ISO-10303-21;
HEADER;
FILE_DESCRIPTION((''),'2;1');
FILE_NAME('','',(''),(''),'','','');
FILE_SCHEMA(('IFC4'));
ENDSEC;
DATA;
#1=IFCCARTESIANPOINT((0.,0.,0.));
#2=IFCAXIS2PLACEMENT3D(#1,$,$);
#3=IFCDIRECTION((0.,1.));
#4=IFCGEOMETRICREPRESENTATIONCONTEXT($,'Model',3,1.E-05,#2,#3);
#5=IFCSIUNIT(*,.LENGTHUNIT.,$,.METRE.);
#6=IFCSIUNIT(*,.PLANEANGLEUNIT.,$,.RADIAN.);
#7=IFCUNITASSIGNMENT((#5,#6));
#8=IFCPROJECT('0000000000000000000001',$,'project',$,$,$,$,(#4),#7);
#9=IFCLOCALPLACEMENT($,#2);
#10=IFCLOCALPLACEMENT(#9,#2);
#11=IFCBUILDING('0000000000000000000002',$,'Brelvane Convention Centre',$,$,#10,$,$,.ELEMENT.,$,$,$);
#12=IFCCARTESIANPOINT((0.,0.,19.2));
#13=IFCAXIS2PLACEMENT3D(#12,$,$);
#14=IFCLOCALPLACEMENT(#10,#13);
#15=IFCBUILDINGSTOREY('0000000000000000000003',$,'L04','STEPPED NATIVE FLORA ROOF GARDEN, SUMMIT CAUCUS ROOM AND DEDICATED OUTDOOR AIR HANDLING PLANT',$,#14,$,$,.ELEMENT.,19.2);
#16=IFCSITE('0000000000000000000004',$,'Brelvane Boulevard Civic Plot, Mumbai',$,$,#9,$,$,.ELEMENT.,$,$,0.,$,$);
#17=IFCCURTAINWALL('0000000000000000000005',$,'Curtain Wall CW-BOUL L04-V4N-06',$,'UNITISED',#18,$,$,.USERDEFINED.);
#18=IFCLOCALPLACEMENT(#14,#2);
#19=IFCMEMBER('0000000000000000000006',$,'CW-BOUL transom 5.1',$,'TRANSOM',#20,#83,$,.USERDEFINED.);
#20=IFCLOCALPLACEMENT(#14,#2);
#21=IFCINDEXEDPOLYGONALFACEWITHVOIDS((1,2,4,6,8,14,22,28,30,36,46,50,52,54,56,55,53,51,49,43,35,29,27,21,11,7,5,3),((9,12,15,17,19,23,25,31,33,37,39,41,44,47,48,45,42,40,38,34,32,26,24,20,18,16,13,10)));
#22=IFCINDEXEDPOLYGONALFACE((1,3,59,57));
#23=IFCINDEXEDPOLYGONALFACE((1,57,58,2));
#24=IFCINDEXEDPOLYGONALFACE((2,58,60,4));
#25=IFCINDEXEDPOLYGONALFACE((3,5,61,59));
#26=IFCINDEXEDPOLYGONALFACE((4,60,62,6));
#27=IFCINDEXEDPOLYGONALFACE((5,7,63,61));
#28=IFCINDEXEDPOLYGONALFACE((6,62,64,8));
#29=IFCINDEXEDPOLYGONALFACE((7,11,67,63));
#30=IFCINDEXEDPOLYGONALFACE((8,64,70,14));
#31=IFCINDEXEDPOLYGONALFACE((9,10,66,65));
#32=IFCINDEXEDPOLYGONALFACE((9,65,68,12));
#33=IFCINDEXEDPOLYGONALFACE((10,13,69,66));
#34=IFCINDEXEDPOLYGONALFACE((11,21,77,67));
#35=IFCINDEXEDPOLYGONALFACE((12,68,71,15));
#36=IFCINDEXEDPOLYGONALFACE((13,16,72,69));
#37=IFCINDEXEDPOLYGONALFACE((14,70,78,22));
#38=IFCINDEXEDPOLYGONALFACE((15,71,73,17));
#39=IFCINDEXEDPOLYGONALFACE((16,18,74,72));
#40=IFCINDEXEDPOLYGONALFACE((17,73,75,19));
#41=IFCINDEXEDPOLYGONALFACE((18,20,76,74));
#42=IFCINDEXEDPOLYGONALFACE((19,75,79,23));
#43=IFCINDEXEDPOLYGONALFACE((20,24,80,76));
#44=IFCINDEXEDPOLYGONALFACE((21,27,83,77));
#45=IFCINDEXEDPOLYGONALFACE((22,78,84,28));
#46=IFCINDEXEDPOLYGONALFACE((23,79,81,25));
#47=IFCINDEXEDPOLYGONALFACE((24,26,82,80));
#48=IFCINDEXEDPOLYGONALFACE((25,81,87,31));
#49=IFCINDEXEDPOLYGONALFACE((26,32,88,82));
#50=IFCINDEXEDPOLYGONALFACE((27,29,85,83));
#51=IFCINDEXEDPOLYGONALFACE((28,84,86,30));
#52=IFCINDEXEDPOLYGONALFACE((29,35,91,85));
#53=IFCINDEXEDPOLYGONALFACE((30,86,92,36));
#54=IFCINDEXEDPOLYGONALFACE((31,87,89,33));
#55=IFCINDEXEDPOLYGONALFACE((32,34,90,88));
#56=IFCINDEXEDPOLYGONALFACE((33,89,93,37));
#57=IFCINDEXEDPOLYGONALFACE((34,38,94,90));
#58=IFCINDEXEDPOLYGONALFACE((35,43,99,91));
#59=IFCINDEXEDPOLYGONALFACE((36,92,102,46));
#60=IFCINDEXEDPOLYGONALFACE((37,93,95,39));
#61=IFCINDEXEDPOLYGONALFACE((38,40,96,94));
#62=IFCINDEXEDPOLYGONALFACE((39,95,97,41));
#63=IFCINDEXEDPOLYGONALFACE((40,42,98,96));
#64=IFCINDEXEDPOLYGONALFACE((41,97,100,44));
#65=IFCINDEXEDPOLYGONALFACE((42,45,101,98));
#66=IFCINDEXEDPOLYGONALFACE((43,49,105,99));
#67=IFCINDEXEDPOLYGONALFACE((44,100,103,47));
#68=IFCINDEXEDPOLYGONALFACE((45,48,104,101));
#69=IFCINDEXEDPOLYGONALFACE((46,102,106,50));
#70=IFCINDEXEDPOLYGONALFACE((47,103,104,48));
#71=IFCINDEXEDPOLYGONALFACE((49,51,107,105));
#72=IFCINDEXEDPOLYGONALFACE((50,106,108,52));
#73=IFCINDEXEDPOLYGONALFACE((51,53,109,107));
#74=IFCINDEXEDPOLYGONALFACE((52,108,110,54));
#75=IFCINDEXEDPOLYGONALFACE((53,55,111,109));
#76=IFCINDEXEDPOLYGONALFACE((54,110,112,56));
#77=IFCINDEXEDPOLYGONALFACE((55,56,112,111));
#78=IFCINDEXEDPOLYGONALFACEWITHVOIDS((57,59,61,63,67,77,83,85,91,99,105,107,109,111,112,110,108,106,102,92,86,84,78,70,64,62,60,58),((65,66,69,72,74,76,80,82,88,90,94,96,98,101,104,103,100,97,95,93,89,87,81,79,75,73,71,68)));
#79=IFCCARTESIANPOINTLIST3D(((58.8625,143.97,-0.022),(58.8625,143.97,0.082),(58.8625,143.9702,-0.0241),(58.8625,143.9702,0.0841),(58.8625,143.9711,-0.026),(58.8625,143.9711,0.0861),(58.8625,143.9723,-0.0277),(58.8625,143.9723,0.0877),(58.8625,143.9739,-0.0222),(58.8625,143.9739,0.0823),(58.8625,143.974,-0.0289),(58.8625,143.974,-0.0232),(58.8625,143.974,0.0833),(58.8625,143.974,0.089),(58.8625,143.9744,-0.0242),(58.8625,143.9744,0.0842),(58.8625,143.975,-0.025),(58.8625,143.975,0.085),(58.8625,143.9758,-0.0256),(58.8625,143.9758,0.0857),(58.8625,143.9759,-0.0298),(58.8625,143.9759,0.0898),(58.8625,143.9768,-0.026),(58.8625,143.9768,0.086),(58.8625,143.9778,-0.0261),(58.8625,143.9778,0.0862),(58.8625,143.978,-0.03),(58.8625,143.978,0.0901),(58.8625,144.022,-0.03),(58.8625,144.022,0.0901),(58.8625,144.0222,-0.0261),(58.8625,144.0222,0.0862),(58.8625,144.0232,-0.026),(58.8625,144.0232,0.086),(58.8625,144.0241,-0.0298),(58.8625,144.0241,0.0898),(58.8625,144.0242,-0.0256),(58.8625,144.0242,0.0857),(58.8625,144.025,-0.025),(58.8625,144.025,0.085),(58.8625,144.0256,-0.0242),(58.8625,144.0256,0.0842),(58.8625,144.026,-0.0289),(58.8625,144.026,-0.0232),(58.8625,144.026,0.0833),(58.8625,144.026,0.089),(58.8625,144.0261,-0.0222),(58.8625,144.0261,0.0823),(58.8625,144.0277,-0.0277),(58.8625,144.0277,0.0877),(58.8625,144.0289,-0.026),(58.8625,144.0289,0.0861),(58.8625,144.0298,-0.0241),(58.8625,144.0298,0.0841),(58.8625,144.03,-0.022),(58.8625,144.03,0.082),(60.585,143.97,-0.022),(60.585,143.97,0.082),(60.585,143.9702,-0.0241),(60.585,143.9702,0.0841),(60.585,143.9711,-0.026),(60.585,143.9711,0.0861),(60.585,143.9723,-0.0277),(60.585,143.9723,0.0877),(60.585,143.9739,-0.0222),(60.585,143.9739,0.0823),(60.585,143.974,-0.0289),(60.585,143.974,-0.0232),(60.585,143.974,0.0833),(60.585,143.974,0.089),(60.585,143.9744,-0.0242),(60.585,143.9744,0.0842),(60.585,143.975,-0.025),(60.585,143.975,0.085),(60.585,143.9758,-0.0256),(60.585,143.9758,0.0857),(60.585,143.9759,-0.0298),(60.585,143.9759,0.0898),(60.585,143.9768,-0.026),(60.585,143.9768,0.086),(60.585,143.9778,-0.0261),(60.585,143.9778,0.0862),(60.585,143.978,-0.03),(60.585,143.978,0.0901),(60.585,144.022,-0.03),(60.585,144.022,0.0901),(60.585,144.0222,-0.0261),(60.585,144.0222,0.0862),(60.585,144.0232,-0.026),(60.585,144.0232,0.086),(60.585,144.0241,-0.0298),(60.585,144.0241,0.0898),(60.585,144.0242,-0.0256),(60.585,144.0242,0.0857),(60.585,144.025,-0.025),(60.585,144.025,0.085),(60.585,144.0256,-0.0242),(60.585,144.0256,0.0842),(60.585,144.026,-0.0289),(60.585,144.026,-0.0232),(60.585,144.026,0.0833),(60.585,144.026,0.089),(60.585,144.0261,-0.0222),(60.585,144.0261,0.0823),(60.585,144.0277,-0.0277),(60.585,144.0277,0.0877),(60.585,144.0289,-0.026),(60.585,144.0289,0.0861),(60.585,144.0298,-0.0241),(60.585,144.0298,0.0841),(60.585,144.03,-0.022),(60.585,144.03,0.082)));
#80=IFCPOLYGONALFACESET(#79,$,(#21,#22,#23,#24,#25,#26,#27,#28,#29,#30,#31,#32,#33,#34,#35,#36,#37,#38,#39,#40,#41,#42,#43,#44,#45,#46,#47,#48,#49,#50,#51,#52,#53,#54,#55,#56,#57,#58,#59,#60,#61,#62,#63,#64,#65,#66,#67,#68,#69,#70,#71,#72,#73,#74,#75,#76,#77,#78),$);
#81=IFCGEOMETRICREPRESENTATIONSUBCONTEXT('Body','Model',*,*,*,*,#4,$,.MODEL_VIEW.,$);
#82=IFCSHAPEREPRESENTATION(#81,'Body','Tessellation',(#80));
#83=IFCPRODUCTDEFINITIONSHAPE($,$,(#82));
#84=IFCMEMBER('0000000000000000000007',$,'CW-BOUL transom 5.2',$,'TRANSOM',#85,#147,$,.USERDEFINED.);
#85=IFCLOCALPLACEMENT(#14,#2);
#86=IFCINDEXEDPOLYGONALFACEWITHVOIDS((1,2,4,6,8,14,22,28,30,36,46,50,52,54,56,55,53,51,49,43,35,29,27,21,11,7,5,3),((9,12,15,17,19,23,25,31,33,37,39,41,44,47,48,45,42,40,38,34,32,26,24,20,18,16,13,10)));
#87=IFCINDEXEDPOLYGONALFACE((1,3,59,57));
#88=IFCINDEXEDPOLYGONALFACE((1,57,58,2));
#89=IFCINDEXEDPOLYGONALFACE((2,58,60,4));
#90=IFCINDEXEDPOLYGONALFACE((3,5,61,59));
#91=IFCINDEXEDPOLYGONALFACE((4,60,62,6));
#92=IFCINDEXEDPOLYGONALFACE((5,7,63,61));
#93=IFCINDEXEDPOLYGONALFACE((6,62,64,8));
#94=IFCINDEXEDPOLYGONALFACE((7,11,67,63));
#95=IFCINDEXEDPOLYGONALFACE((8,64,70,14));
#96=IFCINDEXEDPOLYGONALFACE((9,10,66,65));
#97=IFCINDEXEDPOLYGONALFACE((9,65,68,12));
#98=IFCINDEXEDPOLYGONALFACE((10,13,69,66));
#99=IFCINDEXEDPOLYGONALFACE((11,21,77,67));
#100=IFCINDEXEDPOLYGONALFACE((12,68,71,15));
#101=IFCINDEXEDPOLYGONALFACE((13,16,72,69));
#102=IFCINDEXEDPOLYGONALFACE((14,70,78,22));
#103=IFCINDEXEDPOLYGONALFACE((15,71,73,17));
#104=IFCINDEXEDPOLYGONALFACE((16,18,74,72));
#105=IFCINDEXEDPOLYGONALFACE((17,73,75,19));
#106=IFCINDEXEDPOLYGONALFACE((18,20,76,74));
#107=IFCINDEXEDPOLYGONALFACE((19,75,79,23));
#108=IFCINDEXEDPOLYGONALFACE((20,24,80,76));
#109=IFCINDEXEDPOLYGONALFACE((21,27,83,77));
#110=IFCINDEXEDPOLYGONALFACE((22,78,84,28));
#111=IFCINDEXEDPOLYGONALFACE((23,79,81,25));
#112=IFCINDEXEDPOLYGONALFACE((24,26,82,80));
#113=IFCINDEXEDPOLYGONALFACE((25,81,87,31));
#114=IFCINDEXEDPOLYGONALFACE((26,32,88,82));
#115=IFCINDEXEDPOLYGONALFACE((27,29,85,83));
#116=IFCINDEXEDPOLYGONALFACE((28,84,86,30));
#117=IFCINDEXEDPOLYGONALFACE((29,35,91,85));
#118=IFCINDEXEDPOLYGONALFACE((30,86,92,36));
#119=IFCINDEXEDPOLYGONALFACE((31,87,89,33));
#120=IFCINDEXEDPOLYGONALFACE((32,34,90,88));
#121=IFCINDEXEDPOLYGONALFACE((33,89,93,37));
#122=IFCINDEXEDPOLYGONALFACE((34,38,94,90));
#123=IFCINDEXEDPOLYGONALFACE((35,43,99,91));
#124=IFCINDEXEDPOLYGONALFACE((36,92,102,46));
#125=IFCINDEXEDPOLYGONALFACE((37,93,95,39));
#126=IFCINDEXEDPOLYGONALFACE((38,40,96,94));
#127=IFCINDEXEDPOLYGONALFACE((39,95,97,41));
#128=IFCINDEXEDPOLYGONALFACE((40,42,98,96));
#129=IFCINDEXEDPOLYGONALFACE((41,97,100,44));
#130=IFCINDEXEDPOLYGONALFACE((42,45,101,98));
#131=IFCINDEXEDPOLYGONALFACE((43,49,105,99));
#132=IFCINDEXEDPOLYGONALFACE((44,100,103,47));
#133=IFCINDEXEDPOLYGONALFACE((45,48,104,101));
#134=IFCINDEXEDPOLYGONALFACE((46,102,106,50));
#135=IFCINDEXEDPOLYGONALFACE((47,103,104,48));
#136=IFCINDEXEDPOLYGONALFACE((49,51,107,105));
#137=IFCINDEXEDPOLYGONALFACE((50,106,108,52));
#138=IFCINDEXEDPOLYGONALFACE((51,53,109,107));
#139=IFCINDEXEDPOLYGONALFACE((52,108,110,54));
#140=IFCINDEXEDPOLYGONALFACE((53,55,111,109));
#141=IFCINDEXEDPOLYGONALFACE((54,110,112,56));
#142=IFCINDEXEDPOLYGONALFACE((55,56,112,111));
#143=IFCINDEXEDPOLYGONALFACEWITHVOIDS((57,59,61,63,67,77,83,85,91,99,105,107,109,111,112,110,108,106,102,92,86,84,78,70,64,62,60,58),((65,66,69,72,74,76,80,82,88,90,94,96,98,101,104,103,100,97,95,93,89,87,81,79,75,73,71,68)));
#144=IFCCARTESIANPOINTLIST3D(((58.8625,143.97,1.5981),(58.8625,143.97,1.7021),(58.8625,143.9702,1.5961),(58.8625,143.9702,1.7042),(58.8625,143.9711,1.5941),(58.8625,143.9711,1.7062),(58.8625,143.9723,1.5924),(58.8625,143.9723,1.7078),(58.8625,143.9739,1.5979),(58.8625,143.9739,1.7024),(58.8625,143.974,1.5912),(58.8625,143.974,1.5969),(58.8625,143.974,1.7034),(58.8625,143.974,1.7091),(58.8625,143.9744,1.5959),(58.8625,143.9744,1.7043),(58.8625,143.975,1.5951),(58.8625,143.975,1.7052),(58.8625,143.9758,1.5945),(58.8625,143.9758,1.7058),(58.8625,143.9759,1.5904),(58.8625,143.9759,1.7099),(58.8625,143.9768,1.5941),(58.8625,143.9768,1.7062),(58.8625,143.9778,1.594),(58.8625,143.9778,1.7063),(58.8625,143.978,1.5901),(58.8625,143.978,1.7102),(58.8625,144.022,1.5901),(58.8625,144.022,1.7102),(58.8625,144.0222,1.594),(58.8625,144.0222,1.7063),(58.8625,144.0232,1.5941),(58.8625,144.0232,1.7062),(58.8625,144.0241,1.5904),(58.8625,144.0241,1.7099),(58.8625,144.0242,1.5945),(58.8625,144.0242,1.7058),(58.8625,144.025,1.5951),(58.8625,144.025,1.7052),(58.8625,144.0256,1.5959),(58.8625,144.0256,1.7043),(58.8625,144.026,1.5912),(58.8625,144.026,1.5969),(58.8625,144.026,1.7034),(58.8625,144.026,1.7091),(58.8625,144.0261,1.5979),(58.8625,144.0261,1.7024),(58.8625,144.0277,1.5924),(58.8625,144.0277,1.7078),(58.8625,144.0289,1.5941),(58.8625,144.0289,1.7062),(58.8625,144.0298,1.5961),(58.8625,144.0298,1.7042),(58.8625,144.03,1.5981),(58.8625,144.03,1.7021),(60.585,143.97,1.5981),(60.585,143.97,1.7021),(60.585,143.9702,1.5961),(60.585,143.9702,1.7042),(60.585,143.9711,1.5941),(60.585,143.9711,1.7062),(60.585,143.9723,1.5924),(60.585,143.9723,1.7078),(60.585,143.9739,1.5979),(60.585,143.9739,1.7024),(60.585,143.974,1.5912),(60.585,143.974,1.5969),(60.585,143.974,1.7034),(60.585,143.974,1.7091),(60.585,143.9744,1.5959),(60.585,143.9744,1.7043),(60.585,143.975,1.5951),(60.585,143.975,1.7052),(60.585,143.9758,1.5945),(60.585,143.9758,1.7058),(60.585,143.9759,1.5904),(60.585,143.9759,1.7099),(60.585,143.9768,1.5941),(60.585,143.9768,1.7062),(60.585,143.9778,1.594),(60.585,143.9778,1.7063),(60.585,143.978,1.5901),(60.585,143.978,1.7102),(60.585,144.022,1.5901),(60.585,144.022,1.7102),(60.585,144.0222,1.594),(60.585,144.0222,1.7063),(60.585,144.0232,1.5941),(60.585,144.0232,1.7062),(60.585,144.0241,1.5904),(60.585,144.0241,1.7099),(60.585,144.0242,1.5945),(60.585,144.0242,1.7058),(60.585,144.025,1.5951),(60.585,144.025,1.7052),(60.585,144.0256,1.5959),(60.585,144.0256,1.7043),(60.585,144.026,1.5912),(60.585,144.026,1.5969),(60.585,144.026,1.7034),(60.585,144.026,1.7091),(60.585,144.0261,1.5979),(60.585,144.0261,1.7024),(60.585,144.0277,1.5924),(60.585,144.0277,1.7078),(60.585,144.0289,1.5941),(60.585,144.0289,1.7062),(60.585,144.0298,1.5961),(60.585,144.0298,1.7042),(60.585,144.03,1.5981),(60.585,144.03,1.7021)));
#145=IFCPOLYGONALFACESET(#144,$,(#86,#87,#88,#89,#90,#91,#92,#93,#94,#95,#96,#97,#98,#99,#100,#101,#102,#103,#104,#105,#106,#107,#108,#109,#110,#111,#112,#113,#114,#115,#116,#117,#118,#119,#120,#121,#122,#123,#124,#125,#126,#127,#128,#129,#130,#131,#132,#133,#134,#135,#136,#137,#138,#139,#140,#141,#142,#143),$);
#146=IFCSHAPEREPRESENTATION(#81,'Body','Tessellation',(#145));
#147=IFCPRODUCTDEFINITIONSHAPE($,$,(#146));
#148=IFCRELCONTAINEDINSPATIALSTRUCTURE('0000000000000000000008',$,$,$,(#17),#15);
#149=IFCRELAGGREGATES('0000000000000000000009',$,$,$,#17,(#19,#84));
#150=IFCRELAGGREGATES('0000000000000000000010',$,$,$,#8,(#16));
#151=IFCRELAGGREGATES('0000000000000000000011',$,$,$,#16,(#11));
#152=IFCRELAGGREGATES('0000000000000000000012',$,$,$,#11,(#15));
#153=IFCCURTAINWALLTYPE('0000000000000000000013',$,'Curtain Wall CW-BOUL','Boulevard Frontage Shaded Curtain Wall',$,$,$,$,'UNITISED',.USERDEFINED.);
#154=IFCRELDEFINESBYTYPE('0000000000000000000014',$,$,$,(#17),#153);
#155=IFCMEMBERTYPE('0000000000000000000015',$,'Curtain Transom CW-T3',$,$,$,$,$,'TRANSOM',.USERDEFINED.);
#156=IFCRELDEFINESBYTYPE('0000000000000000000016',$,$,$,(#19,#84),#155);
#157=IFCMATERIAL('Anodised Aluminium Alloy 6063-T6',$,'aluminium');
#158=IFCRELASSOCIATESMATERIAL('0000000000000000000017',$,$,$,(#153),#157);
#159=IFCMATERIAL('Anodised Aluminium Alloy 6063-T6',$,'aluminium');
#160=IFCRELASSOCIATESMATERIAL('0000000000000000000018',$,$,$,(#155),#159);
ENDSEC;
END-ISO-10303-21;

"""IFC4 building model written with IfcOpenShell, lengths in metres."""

from ifc_helpers import new_model, si_unit, direction, frame, origin, origin_2d, place, context, subcontext, project, spatial, hollow_rectangle, extrude, material, material_profile, profile_set, type_object, element, aggregate, save


model = new_model("IFC4")

# Units and contexts
model_context = context("Model", 3, precision=1e-05, world=origin(), true_north=direction((0.0, 1.0)))
body_context = subcontext(model_context, "Body", "Model", "MODEL_VIEW")
ifc_project = project(units=[si_unit("LENGTHUNIT", "METRE"), si_unit("PLANEANGLEUNIT", "RADIAN")], contexts=[model_context])

# Site, building, storey
site_placement = place(None, origin())
site = spatial("IfcSite", under=ifc_project, at=site_placement, Name="Brelvane Boulevard Civic Plot, Mumbai", CompositionType="ELEMENT", RefElevation=0.0)
building_placement = place(site_placement, origin())
building = spatial("IfcBuilding", under=site, at=building_placement, Name="Brelvane Convention Centre", CompositionType="ELEMENT")
storey_placement = place(building_placement, frame((0.0, 0.0, 19.2)))
storey = spatial("IfcBuildingStorey", under=building, at=storey_placement, Name="L04", Description="STEPPED NATIVE FLORA ROOF GARDEN, SUMMIT CAUCUS ROOM AND DEDICATED OUTDOOR AIR HANDLING PLANT", CompositionType="ELEMENT", Elevation=19.2)

# Curtain wall, members
ifc_material_1 = material(Name="Anodised Aluminium Alloy 6063-T6", Category="aluminium")
curtain_wall_type = type_object("IfcCurtainWallType", Name="Curtain Wall CW-BOUL", Description="Boulevard Frontage Shaded Curtain Wall", ElementType="UNITISED", PredefinedType="USERDEFINED", material=ifc_material_1)
curtain_wall_placement = place(storey_placement, origin())
curtain_wall = element("IfcCurtainWall", 1, at=curtain_wall_placement, inside=storey, type_object=curtain_wall_type, Name="Curtain Wall CW-BOUL L04-V4N-06", ObjectType="UNITISED", PredefinedType="USERDEFINED")
ifc_material_2 = material(Name="Anodised Aluminium Alloy 6063-T6", Category="aluminium")
ifc_material_profile_1 = material_profile(ifc_material_2, hollow_rectangle(XDim=0.0601, YDim=0.1201, WallThickness=0.0039, InnerFilletRadius=0.0039, OuterFilletRadius=0.0081, at=origin_2d()), Name="ALU-T 120x60x4.0")
ifc_profile_set_1 = profile_set([ifc_material_profile_1], Name="Anodised Aluminium Alloy 6063-T6")
member_type_1 = type_object("IfcMemberType", Name="Curtain Transom CW-T3", ElementType="TRANSOM", PredefinedType="USERDEFINED", material=ifc_profile_set_1)
member_1_placement = place(storey_placement, frame((58.8625, 144.0, 0.03), z_axis=(1.0, 0.0, 0.0), x_axis=(0.0, 1.0, 0.0)))
member_1 = element("IfcMember", 2, at=member_1_placement, type_object=member_type_1, Name="CW-BOUL transom 5.1", ObjectType="TRANSOM", PredefinedType="USERDEFINED", context=body_context, shape_type="SweptSolid", body=[
    extrude(hollow_rectangle(XDim=0.0601, YDim=0.1201, WallThickness=0.0039, InnerFilletRadius=0.0039, OuterFilletRadius=0.0081, at=origin_2d()), origin(), (0.0, 0.0, 1.0), 1.7224),
])
member_2_placement = place(storey_placement, frame((58.8625, 144.0, 1.6501), z_axis=(1.0, 0.0, 0.0), x_axis=(0.0, 1.0, 0.0)))
member_2 = element("IfcMember", 3, at=member_2_placement, type_object=member_type_1, Name="CW-BOUL transom 5.2", ObjectType="TRANSOM", PredefinedType="USERDEFINED", context=body_context, shape_type="SweptSolid", body=[
    extrude(hollow_rectangle(XDim=0.0601, YDim=0.1201, WallThickness=0.0039, InnerFilletRadius=0.0039, OuterFilletRadius=0.0081, at=origin_2d()), origin(), (0.0, 0.0, 1.0), 1.7224),
])

aggregate(curtain_wall, [member_1, member_2])

save(model, "model.ifc")
